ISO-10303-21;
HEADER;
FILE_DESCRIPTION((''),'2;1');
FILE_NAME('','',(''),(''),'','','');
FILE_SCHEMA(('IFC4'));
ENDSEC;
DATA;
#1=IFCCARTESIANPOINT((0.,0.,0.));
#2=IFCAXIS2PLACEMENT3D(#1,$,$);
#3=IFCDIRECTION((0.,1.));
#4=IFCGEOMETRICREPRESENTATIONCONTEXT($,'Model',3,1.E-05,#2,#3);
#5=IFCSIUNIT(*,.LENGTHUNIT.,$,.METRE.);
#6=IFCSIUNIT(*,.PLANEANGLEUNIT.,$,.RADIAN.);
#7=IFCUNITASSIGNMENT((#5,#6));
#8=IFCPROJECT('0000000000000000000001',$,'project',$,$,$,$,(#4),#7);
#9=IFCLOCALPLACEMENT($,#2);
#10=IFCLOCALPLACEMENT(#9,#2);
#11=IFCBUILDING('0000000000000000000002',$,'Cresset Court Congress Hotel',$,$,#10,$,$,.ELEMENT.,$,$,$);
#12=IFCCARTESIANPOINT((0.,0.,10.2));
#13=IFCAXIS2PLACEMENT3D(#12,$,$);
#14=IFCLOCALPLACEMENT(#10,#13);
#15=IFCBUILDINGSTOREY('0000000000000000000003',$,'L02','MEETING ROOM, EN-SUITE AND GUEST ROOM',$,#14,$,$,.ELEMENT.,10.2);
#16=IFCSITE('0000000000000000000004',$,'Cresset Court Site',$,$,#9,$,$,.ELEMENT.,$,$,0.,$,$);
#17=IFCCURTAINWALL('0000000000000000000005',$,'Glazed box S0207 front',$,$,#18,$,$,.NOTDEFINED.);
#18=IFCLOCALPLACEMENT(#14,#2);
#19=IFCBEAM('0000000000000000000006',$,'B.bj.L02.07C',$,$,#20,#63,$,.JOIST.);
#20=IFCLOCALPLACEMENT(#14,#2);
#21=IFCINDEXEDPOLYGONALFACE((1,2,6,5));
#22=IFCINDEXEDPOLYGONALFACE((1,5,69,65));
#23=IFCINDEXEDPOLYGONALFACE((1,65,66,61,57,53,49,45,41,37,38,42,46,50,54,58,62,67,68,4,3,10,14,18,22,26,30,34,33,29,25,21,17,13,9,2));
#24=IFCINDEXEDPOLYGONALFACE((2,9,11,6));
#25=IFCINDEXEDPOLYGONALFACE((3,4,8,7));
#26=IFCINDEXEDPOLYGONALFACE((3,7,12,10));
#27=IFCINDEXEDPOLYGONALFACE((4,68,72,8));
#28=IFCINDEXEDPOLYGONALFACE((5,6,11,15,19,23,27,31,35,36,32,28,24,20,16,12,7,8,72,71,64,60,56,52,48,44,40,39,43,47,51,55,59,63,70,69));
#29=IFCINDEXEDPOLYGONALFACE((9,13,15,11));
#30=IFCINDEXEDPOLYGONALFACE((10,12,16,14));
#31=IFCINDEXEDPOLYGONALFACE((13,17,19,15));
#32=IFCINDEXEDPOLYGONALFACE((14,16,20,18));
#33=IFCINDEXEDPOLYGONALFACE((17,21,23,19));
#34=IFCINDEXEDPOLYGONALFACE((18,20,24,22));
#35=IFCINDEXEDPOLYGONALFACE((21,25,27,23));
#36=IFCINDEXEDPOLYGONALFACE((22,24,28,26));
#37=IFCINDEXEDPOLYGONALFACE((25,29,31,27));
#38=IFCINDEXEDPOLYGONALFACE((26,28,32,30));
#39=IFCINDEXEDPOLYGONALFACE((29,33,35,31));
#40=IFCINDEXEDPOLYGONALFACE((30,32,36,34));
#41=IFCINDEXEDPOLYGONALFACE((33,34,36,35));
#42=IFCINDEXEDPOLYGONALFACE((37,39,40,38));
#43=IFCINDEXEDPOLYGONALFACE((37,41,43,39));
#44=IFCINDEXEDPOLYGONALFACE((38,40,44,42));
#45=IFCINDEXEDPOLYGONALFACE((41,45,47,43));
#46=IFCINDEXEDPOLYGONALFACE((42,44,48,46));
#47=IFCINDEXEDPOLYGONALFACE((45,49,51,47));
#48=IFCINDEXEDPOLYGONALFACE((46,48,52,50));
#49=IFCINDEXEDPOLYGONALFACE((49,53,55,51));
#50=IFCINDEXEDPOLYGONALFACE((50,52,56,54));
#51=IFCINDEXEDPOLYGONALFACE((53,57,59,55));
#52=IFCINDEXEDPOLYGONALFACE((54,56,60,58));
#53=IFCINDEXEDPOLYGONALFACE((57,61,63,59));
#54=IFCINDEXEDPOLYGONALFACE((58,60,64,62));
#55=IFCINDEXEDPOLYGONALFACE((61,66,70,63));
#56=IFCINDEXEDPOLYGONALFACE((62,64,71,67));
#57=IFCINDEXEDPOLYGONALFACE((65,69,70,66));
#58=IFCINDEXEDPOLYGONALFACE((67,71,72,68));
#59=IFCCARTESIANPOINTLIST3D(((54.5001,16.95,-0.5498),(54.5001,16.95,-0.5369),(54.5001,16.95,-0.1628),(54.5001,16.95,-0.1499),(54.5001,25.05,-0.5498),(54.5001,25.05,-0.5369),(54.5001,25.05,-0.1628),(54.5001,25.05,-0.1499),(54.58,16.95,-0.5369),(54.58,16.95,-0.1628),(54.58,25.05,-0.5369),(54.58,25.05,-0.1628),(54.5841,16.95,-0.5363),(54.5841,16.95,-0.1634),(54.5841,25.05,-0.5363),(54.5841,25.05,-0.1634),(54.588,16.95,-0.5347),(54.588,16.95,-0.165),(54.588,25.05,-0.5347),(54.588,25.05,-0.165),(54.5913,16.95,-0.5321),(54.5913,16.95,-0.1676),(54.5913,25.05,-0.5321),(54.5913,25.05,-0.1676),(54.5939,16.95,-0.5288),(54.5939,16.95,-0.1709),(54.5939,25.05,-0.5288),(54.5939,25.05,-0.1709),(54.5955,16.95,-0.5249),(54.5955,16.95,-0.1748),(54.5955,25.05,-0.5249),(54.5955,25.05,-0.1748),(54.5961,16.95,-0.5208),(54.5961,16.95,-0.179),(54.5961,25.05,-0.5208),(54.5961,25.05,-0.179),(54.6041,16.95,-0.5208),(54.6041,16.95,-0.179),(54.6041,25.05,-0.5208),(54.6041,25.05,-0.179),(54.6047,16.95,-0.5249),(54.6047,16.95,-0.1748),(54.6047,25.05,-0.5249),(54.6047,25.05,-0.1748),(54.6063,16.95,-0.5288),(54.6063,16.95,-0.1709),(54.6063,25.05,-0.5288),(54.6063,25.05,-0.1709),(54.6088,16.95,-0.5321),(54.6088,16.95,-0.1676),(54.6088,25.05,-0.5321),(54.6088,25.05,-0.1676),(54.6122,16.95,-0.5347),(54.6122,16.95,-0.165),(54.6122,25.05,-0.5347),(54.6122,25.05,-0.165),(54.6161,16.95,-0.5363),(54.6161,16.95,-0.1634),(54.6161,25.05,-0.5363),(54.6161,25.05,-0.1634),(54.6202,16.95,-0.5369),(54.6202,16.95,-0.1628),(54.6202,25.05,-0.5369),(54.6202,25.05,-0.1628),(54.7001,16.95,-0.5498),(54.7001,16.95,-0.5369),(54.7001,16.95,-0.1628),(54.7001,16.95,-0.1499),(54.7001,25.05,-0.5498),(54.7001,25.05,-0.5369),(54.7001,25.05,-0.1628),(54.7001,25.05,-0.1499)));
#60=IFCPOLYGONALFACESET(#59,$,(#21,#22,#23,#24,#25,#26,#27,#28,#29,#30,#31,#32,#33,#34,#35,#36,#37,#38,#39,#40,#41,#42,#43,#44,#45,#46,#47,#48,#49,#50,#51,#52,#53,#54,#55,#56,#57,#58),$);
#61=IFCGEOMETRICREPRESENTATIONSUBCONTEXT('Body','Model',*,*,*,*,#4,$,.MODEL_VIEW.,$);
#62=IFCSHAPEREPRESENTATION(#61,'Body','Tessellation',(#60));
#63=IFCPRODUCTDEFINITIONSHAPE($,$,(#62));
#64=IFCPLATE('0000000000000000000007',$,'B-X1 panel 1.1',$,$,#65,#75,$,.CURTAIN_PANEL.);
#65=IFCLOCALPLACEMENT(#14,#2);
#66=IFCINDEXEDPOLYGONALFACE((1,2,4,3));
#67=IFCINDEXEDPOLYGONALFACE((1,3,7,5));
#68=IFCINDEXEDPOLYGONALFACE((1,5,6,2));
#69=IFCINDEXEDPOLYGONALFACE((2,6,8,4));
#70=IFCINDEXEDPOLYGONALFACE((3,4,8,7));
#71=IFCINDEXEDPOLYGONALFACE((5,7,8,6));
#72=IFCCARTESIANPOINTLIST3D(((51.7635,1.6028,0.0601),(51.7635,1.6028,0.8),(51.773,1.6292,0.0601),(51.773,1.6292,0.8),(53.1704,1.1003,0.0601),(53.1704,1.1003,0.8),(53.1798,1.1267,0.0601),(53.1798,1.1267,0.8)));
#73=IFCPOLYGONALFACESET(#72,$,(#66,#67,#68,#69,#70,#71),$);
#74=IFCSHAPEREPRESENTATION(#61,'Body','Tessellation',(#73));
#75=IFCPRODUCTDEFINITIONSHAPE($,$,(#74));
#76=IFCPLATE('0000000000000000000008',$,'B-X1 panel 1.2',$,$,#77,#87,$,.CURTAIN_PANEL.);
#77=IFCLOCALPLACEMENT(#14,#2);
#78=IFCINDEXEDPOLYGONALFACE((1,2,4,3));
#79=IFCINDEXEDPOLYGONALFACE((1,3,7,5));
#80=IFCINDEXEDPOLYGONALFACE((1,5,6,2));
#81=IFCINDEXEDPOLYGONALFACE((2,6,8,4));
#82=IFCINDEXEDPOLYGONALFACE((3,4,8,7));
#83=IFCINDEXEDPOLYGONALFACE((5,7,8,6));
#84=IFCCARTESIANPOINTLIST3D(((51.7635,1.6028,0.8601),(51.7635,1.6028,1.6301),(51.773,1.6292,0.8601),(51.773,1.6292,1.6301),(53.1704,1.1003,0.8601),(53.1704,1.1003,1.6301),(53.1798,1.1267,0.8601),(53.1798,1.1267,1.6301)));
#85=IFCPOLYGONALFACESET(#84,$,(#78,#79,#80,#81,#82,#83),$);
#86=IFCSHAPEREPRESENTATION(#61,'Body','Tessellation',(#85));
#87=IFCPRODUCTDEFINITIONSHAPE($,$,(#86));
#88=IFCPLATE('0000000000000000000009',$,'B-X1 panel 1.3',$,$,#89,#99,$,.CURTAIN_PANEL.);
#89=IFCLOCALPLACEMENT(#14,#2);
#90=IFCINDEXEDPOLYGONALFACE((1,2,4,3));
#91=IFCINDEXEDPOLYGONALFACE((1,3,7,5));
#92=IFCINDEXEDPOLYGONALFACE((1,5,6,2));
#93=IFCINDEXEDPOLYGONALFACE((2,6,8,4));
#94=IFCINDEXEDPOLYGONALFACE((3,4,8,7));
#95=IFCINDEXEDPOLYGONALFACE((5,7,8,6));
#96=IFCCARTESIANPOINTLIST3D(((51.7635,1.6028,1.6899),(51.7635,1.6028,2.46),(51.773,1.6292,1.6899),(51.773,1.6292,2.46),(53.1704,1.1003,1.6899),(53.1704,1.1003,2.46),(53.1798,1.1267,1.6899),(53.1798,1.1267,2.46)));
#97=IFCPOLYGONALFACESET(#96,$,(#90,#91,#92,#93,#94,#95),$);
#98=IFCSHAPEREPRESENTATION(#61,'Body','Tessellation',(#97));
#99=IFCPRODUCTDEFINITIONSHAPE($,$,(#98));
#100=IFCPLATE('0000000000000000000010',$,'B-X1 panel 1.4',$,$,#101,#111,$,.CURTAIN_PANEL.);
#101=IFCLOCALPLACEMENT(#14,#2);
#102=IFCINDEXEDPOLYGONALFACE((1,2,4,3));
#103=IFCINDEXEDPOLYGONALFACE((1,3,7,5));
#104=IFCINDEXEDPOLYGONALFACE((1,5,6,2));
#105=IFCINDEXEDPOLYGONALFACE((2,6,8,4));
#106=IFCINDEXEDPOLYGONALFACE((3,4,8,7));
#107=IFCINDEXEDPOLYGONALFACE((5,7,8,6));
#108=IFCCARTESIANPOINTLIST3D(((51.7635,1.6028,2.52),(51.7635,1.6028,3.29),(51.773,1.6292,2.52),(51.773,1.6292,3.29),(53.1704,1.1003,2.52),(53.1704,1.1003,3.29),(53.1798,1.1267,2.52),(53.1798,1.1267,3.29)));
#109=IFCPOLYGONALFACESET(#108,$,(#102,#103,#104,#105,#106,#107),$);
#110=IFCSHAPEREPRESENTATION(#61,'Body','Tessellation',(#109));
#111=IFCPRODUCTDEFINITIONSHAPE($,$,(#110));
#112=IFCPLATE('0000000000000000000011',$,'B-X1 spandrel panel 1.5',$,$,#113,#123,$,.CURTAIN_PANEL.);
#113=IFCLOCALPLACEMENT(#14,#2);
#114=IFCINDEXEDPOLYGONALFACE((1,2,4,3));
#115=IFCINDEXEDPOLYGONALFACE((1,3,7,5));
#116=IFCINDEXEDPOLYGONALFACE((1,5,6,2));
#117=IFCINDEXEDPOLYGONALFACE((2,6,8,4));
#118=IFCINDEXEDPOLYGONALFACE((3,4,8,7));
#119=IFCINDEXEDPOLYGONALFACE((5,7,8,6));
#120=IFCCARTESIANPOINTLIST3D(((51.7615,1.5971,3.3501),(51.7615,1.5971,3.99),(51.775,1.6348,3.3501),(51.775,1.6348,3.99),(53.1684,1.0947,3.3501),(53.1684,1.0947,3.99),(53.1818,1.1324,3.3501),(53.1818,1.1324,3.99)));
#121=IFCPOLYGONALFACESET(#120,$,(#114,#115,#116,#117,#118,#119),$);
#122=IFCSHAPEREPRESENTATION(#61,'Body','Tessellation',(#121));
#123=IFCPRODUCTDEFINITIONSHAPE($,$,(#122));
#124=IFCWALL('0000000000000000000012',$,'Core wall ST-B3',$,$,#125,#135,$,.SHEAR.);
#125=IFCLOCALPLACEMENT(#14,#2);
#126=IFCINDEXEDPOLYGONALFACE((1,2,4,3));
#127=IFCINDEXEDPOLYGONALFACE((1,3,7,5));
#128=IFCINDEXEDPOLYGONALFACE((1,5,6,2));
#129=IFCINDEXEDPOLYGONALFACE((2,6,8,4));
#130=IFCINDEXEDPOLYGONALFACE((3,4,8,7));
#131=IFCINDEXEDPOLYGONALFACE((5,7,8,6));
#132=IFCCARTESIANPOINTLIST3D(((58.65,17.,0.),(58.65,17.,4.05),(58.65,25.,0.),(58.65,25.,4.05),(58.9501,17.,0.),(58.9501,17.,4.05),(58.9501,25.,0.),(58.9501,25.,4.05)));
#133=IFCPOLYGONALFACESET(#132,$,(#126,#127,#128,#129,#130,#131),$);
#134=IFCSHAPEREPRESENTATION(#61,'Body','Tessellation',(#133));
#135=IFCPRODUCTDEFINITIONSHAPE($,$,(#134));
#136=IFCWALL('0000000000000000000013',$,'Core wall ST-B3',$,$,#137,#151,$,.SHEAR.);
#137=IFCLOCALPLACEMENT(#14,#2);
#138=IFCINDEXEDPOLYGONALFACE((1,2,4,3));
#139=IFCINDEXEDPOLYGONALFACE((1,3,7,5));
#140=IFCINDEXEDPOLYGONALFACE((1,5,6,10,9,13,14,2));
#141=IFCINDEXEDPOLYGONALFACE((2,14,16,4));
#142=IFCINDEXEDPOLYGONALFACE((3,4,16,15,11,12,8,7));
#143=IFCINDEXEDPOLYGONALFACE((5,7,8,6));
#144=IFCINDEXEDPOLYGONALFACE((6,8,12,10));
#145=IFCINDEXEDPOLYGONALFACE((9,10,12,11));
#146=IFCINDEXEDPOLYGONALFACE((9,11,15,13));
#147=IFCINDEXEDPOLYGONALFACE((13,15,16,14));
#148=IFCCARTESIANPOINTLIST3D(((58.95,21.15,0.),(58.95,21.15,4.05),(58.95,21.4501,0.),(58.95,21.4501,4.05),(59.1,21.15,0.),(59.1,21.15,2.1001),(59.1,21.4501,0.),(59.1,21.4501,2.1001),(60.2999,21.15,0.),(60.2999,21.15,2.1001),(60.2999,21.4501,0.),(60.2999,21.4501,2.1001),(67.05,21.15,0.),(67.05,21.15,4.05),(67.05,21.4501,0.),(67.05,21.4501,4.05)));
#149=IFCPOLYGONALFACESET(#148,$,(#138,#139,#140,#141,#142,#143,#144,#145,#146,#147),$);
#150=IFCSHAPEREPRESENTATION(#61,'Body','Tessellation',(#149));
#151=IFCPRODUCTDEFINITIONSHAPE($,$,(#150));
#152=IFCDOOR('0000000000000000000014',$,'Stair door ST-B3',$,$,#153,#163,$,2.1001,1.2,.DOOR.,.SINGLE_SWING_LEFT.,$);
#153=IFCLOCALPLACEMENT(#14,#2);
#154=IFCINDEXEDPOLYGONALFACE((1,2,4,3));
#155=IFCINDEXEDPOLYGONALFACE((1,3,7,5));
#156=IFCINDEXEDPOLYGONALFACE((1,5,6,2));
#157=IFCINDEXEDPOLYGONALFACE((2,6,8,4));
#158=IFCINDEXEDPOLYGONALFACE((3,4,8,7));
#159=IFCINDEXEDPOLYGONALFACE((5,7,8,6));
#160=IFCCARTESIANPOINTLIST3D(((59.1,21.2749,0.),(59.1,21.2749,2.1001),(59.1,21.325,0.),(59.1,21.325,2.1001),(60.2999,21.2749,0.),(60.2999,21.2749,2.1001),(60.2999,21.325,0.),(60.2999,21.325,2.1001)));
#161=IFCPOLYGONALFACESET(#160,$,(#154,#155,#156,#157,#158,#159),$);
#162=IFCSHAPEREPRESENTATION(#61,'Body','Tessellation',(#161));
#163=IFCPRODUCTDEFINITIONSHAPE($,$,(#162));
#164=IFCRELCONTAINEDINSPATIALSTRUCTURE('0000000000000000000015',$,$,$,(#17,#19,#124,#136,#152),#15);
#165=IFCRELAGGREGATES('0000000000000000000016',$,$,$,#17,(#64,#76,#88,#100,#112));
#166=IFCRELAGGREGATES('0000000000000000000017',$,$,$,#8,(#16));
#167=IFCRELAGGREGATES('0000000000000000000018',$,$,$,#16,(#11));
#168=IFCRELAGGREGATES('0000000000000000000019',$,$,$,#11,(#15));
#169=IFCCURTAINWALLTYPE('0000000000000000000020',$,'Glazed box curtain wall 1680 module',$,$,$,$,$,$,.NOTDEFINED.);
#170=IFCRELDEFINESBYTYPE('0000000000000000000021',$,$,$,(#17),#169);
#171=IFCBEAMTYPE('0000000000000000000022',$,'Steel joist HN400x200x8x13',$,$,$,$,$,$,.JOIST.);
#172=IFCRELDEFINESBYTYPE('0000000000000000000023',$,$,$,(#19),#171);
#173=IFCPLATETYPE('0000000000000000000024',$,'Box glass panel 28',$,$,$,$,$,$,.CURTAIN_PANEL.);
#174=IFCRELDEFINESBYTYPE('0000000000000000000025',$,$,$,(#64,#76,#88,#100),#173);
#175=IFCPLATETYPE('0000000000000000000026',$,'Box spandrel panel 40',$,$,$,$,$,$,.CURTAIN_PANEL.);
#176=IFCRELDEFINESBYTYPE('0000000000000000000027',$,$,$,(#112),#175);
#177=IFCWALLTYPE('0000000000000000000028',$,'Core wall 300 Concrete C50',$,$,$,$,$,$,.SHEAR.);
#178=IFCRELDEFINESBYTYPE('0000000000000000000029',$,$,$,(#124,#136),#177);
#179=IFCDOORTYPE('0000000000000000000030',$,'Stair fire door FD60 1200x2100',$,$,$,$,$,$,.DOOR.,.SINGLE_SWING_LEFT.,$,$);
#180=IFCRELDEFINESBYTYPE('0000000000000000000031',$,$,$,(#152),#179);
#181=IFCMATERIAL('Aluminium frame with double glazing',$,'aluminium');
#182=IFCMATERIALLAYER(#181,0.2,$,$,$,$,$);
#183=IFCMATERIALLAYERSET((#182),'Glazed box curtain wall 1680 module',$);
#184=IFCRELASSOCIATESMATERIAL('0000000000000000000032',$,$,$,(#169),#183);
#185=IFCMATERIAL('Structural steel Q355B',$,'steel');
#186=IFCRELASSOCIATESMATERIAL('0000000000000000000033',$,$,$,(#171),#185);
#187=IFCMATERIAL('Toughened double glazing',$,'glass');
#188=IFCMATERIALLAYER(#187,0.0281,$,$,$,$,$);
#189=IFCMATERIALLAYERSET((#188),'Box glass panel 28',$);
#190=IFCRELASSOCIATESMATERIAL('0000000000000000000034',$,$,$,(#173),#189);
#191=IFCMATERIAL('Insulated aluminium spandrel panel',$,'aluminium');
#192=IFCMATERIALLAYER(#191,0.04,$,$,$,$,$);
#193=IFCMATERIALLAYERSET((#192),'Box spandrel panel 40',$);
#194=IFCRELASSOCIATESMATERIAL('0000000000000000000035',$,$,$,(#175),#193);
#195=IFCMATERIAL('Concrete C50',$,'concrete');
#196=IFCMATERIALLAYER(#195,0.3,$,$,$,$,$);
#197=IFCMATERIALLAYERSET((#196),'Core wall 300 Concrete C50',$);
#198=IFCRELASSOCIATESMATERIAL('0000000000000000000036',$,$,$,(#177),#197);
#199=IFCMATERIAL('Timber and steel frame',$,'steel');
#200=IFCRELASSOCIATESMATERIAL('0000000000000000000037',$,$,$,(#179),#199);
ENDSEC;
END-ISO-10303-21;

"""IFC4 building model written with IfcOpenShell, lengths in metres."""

from ifc_helpers import new_model, si_unit, direction, frame, frame_2d, origin, origin_2d, place, context, subcontext, project, spatial, rectangle, i_section, extrude, material, layer, layer_set, material_profile, profile_set, type_object, element, fill, aggregate, save


model = new_model("IFC4")

# Units and contexts
model_context = context("Model", 3, precision=1e-05, world=origin(), true_north=direction((0.0, 1.0)))
body_context = subcontext(model_context, "Body", "Model", "MODEL_VIEW")
ifc_project = project(units=[si_unit("LENGTHUNIT", "METRE"), si_unit("PLANEANGLEUNIT", "RADIAN")], contexts=[model_context])

# Site, building, storey
site_placement = place(None, origin())
site = spatial("IfcSite", under=ifc_project, at=site_placement, Name="Cresset Court Site", CompositionType="ELEMENT", RefElevation=0.0)
building_placement = place(site_placement, origin())
building = spatial("IfcBuilding", under=site, at=building_placement, Name="Cresset Court Congress Hotel", CompositionType="ELEMENT")
storey_placement = place(building_placement, frame((0.0, 0.0, 10.2)))
storey = spatial("IfcBuildingStorey", under=building, at=storey_placement, Name="L02", Description="MEETING ROOM, EN-SUITE AND GUEST ROOM", CompositionType="ELEMENT", Elevation=10.2)

# Curtain wall
ifc_material_1 = material(Name="Aluminium frame with double glazing", Category="aluminium")
ifc_layer_1 = layer(ifc_material_1, 0.2)
ifc_layer_set_1 = layer_set([ifc_layer_1], Name="Glazed box curtain wall 1680 module")
curtain_wall_type = type_object("IfcCurtainWallType", Name="Glazed box curtain wall 1680 module", PredefinedType="NOTDEFINED", material=ifc_layer_set_1)
curtain_wall_1_placement = place(storey_placement, origin())
curtain_wall_1 = element("IfcCurtainWall", 1, at=curtain_wall_1_placement, inside=storey, type_object=curtain_wall_type, Name="Glazed box S0207 front", PredefinedType="NOTDEFINED")

# Beam
ifc_material_2 = material(Name="Structural steel Q355B", Category="steel")
ifc_material_profile_1 = material_profile(ifc_material_2, i_section(OverallWidth=0.2, OverallDepth=0.3999, WebThickness=0.0081, FlangeThickness=0.0129, FilletRadius=0.0161, at=origin_2d()), Name="HN400x200x8x13")
ifc_profile_set_1 = profile_set([ifc_material_profile_1], Name="Structural steel Q355B")
beam_type_1 = type_object("IfcBeamType", Name="Steel joist HN400x200x8x13", PredefinedType="JOIST", material=ifc_profile_set_1)
beam_1_placement = place(storey_placement, frame((54.6001, 16.95, -0.3499), z_axis=(0.0, 1.0, 0.0), x_axis=(-1.0, 0.0, 0.0)))
element("IfcBeam", 2, at=beam_1_placement, inside=storey, type_object=beam_type_1, Name="B.bj.L02.07C", PredefinedType="JOIST", context=body_context, shape_type="SweptSolid", body=[
    extrude(i_section(OverallWidth=0.2, OverallDepth=0.3999, WebThickness=0.0081, FlangeThickness=0.0129, FilletRadius=0.0161, at=origin_2d()), origin(), (0.0, 0.0, 1.0), 8.1001),
])

# Plates
ifc_material_3 = material(Name="Toughened double glazing", Category="glass")
ifc_layer_2 = layer(ifc_material_3, 0.0281)
ifc_layer_set_2 = layer_set([ifc_layer_2], Name="Box glass panel 28")
plate_type_1 = type_object("IfcPlateType", Name="Box glass panel 28", PredefinedType="CURTAIN_PANEL", material=ifc_layer_set_2)
plate_1_placement = place(storey_placement, frame((52.4717, 1.3647, 0.0601), z_axis=(0.0, 0.0, 1.0), x_axis=(0.941742, -0.336336, 0.0)))
plate_1 = element("IfcPlate", 3, at=plate_1_placement, type_object=plate_type_1, Name="B-X1 panel 1.1", PredefinedType="CURTAIN_PANEL", context=body_context, shape_type="SweptSolid", body=[
    extrude(rectangle(XDim=1.4939, YDim=0.0281, at=origin_2d()), origin(), (0.0, 0.0, 1.0), 0.74),
])
plate_2_placement = place(storey_placement, frame((52.4717, 1.3647, 0.8601), z_axis=(0.0, 0.0, 1.0), x_axis=(0.941742, -0.336336, 0.0)))
plate_2 = element("IfcPlate", 4, at=plate_2_placement, type_object=plate_type_1, Name="B-X1 panel 1.2", PredefinedType="CURTAIN_PANEL", context=body_context, shape_type="SweptSolid", body=[
    extrude(rectangle(XDim=1.4939, YDim=0.0281, at=origin_2d()), origin(), (0.0, 0.0, 1.0), 0.77),
])
plate_3_placement = place(storey_placement, frame((52.4717, 1.3647, 1.6899), z_axis=(0.0, 0.0, 1.0), x_axis=(0.941742, -0.336336, 0.0)))
plate_3 = element("IfcPlate", 5, at=plate_3_placement, type_object=plate_type_1, Name="B-X1 panel 1.3", PredefinedType="CURTAIN_PANEL", context=body_context, shape_type="SweptSolid", body=[
    extrude(rectangle(XDim=1.4939, YDim=0.0281, at=origin_2d()), origin(), (0.0, 0.0, 1.0), 0.77),
])
plate_4_placement = place(storey_placement, frame((52.4717, 1.3647, 2.52), z_axis=(0.0, 0.0, 1.0), x_axis=(0.941742, -0.336336, 0.0)))
plate_4 = element("IfcPlate", 6, at=plate_4_placement, type_object=plate_type_1, Name="B-X1 panel 1.4", PredefinedType="CURTAIN_PANEL", context=body_context, shape_type="SweptSolid", body=[
    extrude(rectangle(XDim=1.4939, YDim=0.0281, at=origin_2d()), origin(), (0.0, 0.0, 1.0), 0.77),
])
ifc_material_4 = material(Name="Insulated aluminium spandrel panel", Category="aluminium")
ifc_layer_3 = layer(ifc_material_4, 0.04)
ifc_layer_set_3 = layer_set([ifc_layer_3], Name="Box spandrel panel 40")
plate_type_2 = type_object("IfcPlateType", Name="Box spandrel panel 40", PredefinedType="CURTAIN_PANEL", material=ifc_layer_set_3)
plate_5_placement = place(storey_placement, frame((52.4717, 1.3647, 3.3501), z_axis=(0.0, 0.0, 1.0), x_axis=(0.941742, -0.336336, 0.0)))
plate_5 = element("IfcPlate", 7, at=plate_5_placement, type_object=plate_type_2, Name="B-X1 spandrel panel 1.5", PredefinedType="CURTAIN_PANEL", context=body_context, shape_type="SweptSolid", body=[
    extrude(rectangle(XDim=1.4939, YDim=0.04, at=origin_2d()), origin(), (0.0, 0.0, 1.0), 0.6399),
])
aggregate(curtain_wall_1, [plate_1, plate_2, plate_3, plate_4, plate_5])

# Wall
ifc_material_5 = material(Name="Concrete C50", Category="concrete")
ifc_layer_4 = layer(ifc_material_5, 0.3)
ifc_layer_set_4 = layer_set([ifc_layer_4], Name="Core wall 300 Concrete C50")
wall_type_1 = type_object("IfcWallType", Name="Core wall 300 Concrete C50", PredefinedType="SHEAR", material=ifc_layer_set_4)
wall_1_placement = place(storey_placement, frame((58.8, 17.0, 0.0), z_axis=(0.0, 0.0, 1.0), x_axis=(0.0, 1.0, 0.0)))
element("IfcWall", 8, at=wall_1_placement, inside=storey, type_object=wall_type_1, Name="Core wall ST-B3", PredefinedType="SHEAR", context=body_context, shape_type="SweptSolid", body=[
    extrude(rectangle(XDim=8.0, YDim=0.3, at=frame_2d((4.0, 0.0))), origin(), (0.0, 0.0, 1.0), 4.05),
])

# Wall, opening, door
wall_2_placement = place(storey_placement, frame((58.95, 21.3, 0.0), z_axis=(0.0, 0.0, 1.0), x_axis=(1.0, 0.0, 0.0)))
wall_2 = element("IfcWall", 9, at=wall_2_placement, inside=storey, type_object=wall_type_1, Name="Core wall ST-B3", PredefinedType="SHEAR", context=body_context, shape_type="SweptSolid", body=[
    extrude(rectangle(XDim=8.1001, YDim=0.3, at=frame_2d((4.05, 0.0))), origin(), (0.0, 0.0, 1.0), 4.05),
])
opening_1_placement = place(wall_2_placement, frame((0.1499, 0.0, 0.0)))
opening_1 = element("IfcOpeningElement", 10, at=opening_1_placement, cuts=wall_2, PredefinedType="OPENING", context=body_context, shape_type="SweptSolid", body=[
    extrude(rectangle(XDim=1.2, YDim=2.1001, at=frame_2d((0.6001, 1.05))), frame((0.0, 0.1599, 0.0), z_axis=(0.0, -1.0, 0.0), x_axis=(1.0, 0.0, 0.0)), (0.0, 0.0, 1.0), 0.3201),
])
ifc_material_6 = material(Name="Timber and steel frame", Category="steel")
door_type_1 = type_object("IfcDoorType", Name="Stair fire door FD60 1200x2100", OperationType="SINGLE_SWING_LEFT", PredefinedType="DOOR", material=ifc_material_6)
door_1_placement = place(opening_1_placement, origin())
door_1 = element("IfcDoor", 11, at=door_1_placement, inside=storey, type_object=door_type_1, Name="Stair door ST-B3", OperationType="SINGLE_SWING_LEFT", OverallHeight=2.1001, OverallWidth=1.2, PredefinedType="DOOR", context=body_context, shape_type="SweptSolid", body=[
    extrude(rectangle(XDim=1.2, YDim=2.1001, at=frame_2d((0.6001, 1.05))), frame((0.0, 0.0249, 0.0), z_axis=(0.0, -1.0, 0.0), x_axis=(1.0, 0.0, 0.0)), (0.0, 0.0, 1.0), 0.05),
])
fill(opening_1, door_1)

save(model, "model.ifc")
